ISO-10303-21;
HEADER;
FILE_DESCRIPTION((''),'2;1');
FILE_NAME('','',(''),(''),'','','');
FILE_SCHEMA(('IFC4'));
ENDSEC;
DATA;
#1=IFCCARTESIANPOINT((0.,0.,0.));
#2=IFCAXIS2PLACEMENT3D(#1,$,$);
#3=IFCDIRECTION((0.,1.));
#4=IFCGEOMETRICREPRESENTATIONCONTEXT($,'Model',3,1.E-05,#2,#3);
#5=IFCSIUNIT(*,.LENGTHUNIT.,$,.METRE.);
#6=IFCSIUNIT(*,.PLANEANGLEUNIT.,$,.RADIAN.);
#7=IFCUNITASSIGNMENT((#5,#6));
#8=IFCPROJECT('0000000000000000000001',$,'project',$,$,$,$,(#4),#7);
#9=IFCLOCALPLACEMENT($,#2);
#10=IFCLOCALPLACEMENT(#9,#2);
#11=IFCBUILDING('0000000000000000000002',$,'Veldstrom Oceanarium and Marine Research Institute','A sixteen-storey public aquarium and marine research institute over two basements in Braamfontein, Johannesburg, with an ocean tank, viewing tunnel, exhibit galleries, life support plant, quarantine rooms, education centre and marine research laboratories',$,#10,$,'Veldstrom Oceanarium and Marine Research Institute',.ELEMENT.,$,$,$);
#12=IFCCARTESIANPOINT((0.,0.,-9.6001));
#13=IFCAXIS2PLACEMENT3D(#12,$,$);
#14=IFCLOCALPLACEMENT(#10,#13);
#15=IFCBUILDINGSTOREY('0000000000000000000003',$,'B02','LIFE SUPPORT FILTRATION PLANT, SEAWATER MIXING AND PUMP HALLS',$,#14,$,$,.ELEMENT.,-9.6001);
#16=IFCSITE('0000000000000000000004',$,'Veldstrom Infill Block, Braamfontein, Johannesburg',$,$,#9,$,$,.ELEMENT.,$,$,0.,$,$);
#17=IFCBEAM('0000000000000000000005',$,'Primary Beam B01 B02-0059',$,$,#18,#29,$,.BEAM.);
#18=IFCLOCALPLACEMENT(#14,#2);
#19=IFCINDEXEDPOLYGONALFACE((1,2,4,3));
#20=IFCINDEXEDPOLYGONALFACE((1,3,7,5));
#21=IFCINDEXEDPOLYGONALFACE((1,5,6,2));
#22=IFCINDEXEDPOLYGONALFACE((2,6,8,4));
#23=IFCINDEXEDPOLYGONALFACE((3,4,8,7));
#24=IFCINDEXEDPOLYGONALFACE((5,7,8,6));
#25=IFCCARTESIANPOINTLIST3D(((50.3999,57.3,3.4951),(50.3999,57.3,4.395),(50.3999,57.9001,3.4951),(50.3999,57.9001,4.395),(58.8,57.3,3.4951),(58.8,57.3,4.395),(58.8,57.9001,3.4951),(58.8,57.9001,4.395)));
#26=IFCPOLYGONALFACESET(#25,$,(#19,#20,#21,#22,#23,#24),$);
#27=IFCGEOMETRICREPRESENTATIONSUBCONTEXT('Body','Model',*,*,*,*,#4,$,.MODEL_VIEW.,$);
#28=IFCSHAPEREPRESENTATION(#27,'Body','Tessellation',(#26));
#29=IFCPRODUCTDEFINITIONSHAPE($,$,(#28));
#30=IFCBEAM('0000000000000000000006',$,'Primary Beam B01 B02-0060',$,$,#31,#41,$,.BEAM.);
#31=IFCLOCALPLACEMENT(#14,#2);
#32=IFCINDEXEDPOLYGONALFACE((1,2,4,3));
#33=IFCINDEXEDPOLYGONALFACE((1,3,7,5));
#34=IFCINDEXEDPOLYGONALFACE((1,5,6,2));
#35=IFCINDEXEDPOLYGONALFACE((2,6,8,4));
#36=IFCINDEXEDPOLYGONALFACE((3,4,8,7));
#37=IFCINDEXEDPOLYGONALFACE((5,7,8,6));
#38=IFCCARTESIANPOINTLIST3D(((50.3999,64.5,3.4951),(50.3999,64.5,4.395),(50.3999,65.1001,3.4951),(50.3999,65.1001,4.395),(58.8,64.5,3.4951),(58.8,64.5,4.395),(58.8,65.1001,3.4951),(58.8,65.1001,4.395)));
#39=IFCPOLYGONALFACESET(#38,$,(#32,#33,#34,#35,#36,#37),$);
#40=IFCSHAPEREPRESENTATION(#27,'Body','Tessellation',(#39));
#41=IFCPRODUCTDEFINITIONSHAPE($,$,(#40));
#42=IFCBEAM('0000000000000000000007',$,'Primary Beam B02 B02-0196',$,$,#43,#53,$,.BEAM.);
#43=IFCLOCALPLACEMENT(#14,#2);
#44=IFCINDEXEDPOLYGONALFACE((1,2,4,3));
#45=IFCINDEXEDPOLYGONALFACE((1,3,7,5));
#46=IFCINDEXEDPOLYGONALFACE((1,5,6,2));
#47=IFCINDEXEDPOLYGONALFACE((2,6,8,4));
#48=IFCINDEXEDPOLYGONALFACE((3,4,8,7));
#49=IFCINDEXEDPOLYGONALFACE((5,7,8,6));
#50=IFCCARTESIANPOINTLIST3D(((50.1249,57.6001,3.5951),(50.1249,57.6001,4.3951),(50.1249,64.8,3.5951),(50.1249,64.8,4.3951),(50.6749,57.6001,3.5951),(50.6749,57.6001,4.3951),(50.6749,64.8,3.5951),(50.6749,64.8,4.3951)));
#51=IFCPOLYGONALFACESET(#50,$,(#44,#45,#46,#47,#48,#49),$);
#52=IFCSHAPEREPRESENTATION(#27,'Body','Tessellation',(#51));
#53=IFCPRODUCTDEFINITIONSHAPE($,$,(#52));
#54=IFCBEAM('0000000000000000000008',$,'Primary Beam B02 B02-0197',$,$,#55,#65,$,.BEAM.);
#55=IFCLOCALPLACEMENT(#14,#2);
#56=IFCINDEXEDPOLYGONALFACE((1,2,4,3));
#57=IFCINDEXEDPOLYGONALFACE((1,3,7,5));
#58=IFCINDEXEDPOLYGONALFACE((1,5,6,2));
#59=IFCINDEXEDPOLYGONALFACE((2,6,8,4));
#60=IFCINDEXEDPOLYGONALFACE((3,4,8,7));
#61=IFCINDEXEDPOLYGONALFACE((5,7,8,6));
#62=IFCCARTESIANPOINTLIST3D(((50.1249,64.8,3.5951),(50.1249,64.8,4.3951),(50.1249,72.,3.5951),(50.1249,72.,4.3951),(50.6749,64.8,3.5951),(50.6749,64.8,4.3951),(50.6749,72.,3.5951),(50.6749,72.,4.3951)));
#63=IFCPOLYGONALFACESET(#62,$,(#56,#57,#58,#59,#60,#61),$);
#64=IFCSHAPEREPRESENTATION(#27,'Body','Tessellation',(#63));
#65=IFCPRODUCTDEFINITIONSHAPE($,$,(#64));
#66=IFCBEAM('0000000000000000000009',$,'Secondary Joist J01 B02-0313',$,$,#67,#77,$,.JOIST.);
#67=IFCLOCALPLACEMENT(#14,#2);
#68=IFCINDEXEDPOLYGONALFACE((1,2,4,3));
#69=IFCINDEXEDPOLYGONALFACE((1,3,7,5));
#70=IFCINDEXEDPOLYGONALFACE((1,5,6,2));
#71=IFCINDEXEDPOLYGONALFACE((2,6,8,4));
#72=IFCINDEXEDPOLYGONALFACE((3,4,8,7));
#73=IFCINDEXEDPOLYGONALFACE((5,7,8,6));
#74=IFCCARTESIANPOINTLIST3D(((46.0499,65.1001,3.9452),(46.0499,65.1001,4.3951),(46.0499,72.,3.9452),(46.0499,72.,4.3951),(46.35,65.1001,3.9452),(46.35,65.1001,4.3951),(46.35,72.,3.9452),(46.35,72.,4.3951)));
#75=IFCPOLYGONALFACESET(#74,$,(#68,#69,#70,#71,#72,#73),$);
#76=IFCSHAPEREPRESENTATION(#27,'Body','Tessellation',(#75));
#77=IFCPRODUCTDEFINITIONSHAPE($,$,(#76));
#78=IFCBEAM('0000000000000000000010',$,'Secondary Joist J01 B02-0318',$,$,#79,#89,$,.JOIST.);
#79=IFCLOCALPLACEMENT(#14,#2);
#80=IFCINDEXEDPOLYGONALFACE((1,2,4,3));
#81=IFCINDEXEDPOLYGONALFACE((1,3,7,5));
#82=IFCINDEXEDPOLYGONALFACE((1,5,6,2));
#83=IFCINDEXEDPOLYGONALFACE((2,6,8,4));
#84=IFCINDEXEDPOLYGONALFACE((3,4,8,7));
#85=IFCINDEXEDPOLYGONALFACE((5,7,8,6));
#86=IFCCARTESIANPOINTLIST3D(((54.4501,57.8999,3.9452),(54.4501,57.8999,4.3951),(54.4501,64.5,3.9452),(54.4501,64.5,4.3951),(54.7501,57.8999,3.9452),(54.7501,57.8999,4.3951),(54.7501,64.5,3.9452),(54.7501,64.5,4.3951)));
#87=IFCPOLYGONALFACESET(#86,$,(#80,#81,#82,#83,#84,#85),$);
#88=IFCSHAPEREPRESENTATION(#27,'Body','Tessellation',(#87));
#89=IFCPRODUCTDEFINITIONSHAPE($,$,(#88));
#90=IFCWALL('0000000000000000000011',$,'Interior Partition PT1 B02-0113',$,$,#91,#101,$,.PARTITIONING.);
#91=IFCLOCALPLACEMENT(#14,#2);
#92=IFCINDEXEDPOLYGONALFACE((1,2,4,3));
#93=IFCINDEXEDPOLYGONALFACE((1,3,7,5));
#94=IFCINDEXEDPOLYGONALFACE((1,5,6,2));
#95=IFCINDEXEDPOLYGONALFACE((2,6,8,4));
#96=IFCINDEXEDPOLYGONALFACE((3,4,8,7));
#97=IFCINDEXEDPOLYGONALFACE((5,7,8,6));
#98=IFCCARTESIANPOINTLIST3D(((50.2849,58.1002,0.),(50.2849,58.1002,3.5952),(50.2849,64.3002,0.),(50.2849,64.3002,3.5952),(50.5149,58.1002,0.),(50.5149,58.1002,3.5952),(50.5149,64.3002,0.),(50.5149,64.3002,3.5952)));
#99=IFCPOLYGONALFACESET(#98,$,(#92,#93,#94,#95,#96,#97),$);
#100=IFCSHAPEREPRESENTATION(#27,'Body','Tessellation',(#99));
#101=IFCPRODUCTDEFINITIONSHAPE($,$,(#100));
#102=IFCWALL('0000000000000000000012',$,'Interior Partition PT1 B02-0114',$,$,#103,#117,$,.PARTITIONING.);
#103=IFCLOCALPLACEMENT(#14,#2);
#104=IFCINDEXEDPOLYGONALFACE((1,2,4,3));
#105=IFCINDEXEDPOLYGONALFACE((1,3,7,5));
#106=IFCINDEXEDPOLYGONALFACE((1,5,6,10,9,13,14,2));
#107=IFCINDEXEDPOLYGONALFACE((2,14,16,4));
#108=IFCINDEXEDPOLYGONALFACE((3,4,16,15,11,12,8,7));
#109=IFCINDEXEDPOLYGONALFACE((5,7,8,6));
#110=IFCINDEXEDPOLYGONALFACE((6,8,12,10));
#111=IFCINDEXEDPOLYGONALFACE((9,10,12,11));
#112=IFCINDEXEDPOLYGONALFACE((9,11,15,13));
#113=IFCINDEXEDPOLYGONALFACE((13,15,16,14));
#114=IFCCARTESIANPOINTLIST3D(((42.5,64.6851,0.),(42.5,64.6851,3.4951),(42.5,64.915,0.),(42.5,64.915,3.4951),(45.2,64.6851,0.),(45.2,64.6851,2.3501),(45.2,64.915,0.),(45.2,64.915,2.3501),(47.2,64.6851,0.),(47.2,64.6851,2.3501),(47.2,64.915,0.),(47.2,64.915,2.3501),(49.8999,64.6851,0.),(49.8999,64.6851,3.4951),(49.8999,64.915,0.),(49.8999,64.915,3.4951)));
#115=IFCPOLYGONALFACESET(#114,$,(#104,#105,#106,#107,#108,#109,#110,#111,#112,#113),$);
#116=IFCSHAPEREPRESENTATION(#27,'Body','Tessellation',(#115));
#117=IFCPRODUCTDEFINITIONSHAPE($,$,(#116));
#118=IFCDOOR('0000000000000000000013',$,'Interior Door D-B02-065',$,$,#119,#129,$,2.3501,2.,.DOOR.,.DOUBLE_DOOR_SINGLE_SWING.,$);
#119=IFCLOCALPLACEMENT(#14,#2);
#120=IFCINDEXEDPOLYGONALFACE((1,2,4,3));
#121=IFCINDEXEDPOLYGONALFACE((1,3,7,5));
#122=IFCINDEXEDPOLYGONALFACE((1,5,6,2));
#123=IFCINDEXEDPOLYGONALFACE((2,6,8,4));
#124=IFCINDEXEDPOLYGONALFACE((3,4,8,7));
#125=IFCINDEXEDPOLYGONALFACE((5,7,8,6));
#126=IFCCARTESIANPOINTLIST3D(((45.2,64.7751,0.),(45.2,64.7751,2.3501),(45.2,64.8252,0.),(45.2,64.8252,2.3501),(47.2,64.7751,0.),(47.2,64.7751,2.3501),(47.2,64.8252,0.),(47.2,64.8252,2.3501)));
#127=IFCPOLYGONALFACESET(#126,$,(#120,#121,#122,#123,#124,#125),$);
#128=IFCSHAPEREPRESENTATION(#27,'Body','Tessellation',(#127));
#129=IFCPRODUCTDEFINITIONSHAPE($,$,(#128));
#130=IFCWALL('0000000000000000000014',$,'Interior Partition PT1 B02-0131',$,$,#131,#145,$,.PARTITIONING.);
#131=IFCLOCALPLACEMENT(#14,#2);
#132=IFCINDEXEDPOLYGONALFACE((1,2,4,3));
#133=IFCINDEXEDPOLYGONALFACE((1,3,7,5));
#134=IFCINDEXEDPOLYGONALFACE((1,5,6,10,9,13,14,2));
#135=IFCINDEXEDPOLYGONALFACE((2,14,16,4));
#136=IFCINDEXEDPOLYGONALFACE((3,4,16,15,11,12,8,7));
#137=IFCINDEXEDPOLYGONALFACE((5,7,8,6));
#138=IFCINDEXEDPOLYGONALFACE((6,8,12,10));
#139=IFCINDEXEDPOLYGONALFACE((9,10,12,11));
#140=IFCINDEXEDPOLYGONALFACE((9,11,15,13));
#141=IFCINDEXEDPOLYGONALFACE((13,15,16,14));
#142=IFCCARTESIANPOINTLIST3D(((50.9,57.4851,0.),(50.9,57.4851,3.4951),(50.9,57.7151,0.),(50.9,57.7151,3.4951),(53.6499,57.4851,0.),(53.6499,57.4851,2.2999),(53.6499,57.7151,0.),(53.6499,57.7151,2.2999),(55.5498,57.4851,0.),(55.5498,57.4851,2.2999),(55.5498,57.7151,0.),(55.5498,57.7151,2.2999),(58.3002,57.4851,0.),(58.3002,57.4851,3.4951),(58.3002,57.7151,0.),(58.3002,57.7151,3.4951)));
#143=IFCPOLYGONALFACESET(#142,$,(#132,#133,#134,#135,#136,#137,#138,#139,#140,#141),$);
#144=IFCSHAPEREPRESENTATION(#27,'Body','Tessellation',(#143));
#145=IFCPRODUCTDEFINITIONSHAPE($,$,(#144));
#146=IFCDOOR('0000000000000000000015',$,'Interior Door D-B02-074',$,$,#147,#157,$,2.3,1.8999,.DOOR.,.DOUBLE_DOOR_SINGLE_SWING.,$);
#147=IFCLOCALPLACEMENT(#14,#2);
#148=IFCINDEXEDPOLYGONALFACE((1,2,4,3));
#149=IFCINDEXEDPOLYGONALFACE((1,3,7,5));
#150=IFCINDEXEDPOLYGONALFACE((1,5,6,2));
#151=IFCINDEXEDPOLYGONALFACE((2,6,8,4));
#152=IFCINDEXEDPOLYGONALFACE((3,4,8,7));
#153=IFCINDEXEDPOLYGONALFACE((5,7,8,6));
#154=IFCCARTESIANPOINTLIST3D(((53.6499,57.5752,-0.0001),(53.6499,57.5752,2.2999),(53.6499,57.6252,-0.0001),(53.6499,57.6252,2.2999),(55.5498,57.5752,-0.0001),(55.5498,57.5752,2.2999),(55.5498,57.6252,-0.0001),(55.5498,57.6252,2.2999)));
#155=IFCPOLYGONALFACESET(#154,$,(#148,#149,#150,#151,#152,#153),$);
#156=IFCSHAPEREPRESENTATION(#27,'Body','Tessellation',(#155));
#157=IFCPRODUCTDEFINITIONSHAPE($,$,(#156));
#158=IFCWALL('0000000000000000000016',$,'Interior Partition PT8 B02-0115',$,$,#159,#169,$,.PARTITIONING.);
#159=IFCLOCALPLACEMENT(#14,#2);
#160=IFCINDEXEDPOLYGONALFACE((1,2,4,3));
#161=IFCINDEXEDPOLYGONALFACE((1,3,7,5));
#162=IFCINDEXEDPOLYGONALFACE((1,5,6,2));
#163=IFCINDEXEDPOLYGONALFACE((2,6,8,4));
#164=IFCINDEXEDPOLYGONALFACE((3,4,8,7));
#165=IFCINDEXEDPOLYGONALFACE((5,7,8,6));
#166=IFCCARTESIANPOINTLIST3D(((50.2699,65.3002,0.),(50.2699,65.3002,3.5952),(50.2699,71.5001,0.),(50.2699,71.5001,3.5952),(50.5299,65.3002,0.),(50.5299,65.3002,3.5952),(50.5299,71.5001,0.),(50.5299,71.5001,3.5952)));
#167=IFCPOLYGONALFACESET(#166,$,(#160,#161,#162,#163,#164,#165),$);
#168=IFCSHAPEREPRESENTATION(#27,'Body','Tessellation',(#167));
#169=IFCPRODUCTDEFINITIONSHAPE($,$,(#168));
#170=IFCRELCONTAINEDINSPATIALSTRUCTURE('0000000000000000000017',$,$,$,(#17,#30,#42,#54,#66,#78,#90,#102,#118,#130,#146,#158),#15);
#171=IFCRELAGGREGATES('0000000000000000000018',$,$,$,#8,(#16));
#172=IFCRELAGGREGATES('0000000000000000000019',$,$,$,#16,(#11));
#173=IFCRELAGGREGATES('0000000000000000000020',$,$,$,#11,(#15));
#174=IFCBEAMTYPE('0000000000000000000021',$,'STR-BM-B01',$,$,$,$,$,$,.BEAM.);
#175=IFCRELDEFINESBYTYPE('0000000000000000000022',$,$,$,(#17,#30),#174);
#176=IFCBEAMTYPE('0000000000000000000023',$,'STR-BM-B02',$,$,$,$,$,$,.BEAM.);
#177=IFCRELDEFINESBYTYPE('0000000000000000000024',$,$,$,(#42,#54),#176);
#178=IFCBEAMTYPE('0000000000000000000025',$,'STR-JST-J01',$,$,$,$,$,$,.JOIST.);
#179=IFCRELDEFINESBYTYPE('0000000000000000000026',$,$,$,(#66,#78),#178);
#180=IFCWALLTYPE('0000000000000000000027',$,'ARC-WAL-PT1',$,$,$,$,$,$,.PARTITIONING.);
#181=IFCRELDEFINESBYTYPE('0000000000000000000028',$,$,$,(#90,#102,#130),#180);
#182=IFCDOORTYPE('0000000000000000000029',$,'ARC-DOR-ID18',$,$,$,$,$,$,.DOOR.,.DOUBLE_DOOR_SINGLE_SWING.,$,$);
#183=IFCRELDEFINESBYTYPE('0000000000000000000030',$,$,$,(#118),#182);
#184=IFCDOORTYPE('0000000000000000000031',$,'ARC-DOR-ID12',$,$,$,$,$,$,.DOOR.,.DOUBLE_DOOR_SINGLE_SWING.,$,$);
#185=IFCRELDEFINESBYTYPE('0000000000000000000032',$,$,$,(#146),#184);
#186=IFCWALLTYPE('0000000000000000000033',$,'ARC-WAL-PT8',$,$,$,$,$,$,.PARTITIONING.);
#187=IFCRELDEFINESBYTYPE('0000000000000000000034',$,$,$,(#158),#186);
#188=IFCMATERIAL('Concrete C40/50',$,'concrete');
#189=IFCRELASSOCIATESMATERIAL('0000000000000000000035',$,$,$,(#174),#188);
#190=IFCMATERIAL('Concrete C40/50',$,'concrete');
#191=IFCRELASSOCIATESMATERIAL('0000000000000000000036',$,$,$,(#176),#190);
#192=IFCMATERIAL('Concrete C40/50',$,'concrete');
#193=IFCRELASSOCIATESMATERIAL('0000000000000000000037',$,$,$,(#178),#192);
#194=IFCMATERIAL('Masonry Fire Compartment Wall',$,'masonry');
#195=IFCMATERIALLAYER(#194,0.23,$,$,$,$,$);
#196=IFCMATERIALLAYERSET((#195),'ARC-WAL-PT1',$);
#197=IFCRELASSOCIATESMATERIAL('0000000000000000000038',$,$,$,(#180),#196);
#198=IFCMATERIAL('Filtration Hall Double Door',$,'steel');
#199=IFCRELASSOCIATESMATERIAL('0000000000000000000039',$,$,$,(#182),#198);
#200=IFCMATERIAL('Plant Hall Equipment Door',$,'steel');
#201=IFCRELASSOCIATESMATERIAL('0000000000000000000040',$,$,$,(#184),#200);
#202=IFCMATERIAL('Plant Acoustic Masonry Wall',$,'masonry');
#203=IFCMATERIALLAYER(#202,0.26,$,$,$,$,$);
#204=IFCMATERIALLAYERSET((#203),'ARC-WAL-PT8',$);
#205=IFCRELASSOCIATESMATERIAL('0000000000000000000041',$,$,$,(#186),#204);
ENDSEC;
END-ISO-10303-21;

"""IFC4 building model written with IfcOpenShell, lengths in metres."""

from ifc_helpers import new_model, si_unit, direction, frame, frame_2d, origin, origin_2d, place, context, subcontext, project, spatial, rectangle, extrude, material, layer, layer_set, material_profile, profile_set, type_object, element, fill, save


model = new_model("IFC4")

# Units and contexts
model_context = context("Model", 3, precision=1e-05, world=origin(), true_north=direction((0.0, 1.0)))
body_context = subcontext(model_context, "Body", "Model", "MODEL_VIEW")
ifc_project = project(units=[si_unit("LENGTHUNIT", "METRE"), si_unit("PLANEANGLEUNIT", "RADIAN")], contexts=[model_context])

# Site, building, storey
site_placement = place(None, origin())
site = spatial("IfcSite", under=ifc_project, at=site_placement, Name="Veldstrom Infill Block, Braamfontein, Johannesburg", CompositionType="ELEMENT", RefElevation=0.0)
building_placement = place(site_placement, origin())
building = spatial("IfcBuilding", under=site, at=building_placement, Name="Veldstrom Oceanarium and Marine Research Institute", Description="A sixteen-storey public aquarium and marine research institute over two basements in Braamfontein, Johannesburg, with an ocean tank, viewing tunnel, exhibit galleries, life support plant, quarantine rooms, education centre and marine research laboratories", LongName="Veldstrom Oceanarium and Marine Research Institute", CompositionType="ELEMENT")
storey_placement = place(building_placement, frame((0.0, 0.0, -9.6001)))
storey = spatial("IfcBuildingStorey", under=building, at=storey_placement, Name="B02", Description="LIFE SUPPORT FILTRATION PLANT, SEAWATER MIXING AND PUMP HALLS", CompositionType="ELEMENT", Elevation=-9.6001)

# Beams
ifc_material_1 = material(Name="Concrete C40/50", Category="concrete")
ifc_material_profile_1 = material_profile(ifc_material_1, rectangle(XDim=0.6001, YDim=0.8999, at=origin_2d()), Name="RC-BM-600x900")
ifc_profile_set_1 = profile_set([ifc_material_profile_1], Name="Concrete C40/50")
beam_type_1 = type_object("IfcBeamType", Name="STR-BM-B01", PredefinedType="BEAM", material=ifc_profile_set_1)
for number, where, z_axis, x_axis, name in (
    (1, (50.3999, 57.6001, 3.9451), (1.0, 0.0, 0.0), (0.0, 1.0, 0.0), "Primary Beam B01 B02-0059"),
    (2, (50.3999, 64.8, 3.9451), (1.0, 0.0, 0.0), (0.0, 1.0, 0.0), "Primary Beam B01 B02-0060"),
):
    element("IfcBeam", number, at=place(storey_placement, frame(where, z_axis=z_axis, x_axis=x_axis)), inside=storey, type_object=beam_type_1, Name=name, PredefinedType="BEAM", context=body_context, shape_type="SweptSolid", body=[
        extrude(rectangle(XDim=0.6001, YDim=0.8999, at=origin_2d()), origin(), (0.0, 0.0, 1.0), 8.4001),
    ])
ifc_material_2 = material(Name="Concrete C40/50", Category="concrete")
ifc_material_profile_2 = material_profile(ifc_material_2, rectangle(XDim=0.55, YDim=0.8, at=origin_2d()), Name="RC-BM-550x800")
ifc_profile_set_2 = profile_set([ifc_material_profile_2], Name="Concrete C40/50")
beam_type_2 = type_object("IfcBeamType", Name="STR-BM-B02", PredefinedType="BEAM", material=ifc_profile_set_2)
for number, where, z_axis, x_axis, name in (
    (3, (50.3999, 57.6001, 3.9951), (0.0, 1.0, 0.0), (-1.0, 0.0, 0.0), "Primary Beam B02 B02-0196"),
    (4, (50.3999, 64.8, 3.9951), (0.0, 1.0, 0.0), (-1.0, 0.0, 0.0), "Primary Beam B02 B02-0197"),
):
    element("IfcBeam", number, at=place(storey_placement, frame(where, z_axis=z_axis, x_axis=x_axis)), inside=storey, type_object=beam_type_2, Name=name, PredefinedType="BEAM", context=body_context, shape_type="SweptSolid", body=[
        extrude(rectangle(XDim=0.55, YDim=0.8, at=origin_2d()), origin(), (0.0, 0.0, 1.0), 7.2),
    ])
ifc_material_3 = material(Name="Concrete C40/50", Category="concrete")
ifc_material_profile_3 = material_profile(ifc_material_3, rectangle(XDim=0.3, YDim=0.45, at=origin_2d()), Name="RC-JST-300x450")
ifc_profile_set_3 = profile_set([ifc_material_profile_3], Name="Concrete C40/50")
beam_type_3 = type_object("IfcBeamType", Name="STR-JST-J01", PredefinedType="JOIST", material=ifc_profile_set_3)
beam_1_placement = place(storey_placement, frame((46.2, 65.1001, 4.1702), z_axis=(0.0, 1.0, 0.0), x_axis=(-1.0, 0.0, 0.0)))
element("IfcBeam", 5, at=beam_1_placement, inside=storey, type_object=beam_type_3, Name="Secondary Joist J01 B02-0313", PredefinedType="JOIST", context=body_context, shape_type="SweptSolid", body=[
    extrude(rectangle(XDim=0.3, YDim=0.45, at=origin_2d()), origin(), (0.0, 0.0, 1.0), 6.8999),
])
beam_2_placement = place(storey_placement, frame((54.6001, 57.8999, 4.1702), z_axis=(0.0, 1.0, 0.0), x_axis=(-1.0, 0.0, 0.0)))
element("IfcBeam", 6, at=beam_2_placement, inside=storey, type_object=beam_type_3, Name="Secondary Joist J01 B02-0318", PredefinedType="JOIST", context=body_context, shape_type="SweptSolid", body=[
    extrude(rectangle(XDim=0.3, YDim=0.45, at=origin_2d()), origin(), (0.0, 0.0, 1.0), 6.6001),
])

# Wall
ifc_material_4 = material(Name="Masonry Fire Compartment Wall", Category="masonry")
ifc_layer_1 = layer(ifc_material_4, 0.23)
ifc_layer_set_1 = layer_set([ifc_layer_1], Name="ARC-WAL-PT1")
wall_type_1 = type_object("IfcWallType", Name="ARC-WAL-PT1", PredefinedType="PARTITIONING", material=ifc_layer_set_1)
wall_1_placement = place(storey_placement, frame((50.3999, 58.1001, 0.0), z_axis=(0.0, 0.0, 1.0), x_axis=(0.0, 1.0, 0.0)))
element("IfcWall", 7, at=wall_1_placement, inside=storey, type_object=wall_type_1, Name="Interior Partition PT1 B02-0113", PredefinedType="PARTITIONING", context=body_context, shape_type="SweptSolid", body=[
    extrude(rectangle(XDim=6.2, YDim=0.23, at=frame_2d((3.1001, 0.0))), origin(), (0.0, 0.0, 1.0), 3.5952),
])

# Walls, openings, doors
wall_2_placement = place(storey_placement, frame((42.5, 64.8, 0.0), z_axis=(0.0, 0.0, 1.0), x_axis=(1.0, 0.0, 0.0)))
wall_2 = element("IfcWall", 8, at=wall_2_placement, inside=storey, type_object=wall_type_1, Name="Interior Partition PT1 B02-0114", PredefinedType="PARTITIONING", context=body_context, shape_type="SweptSolid", body=[
    extrude(rectangle(XDim=7.3999, YDim=0.23, at=frame_2d((3.7, 0.0))), origin(), (0.0, 0.0, 1.0), 3.4951),
])
opening_1_placement = place(wall_2_placement, frame((2.7, 0.0, 0.0)))
opening_1 = element("IfcOpeningElement", 9, at=opening_1_placement, cuts=wall_2, PredefinedType="OPENING", context=body_context, shape_type="SweptSolid", body=[
    extrude(rectangle(XDim=2.0, YDim=2.3501, at=frame_2d((1.0, 1.175))), frame((0.0, 0.125, 0.0), z_axis=(0.0, -1.0, 0.0), x_axis=(1.0, 0.0, 0.0)), (0.0, 0.0, 1.0), 0.25),
])
ifc_material_5 = material(Name="Filtration Hall Double Door", Category="steel")
door_type_1 = type_object("IfcDoorType", Name="ARC-DOR-ID18", OperationType="DOUBLE_DOOR_SINGLE_SWING", PredefinedType="DOOR", material=ifc_material_5)
door_1_placement = place(opening_1_placement, frame((2.0, 0.0, 0.0), z_axis=(0.0, 0.0, 1.0), x_axis=(-1.0, 0.0, 0.0)))
door_1 = element("IfcDoor", 10, at=door_1_placement, inside=storey, type_object=door_type_1, Name="Interior Door D-B02-065", OperationType="DOUBLE_DOOR_SINGLE_SWING", OverallHeight=2.3501, OverallWidth=2.0, PredefinedType="DOOR", context=body_context, shape_type="SweptSolid", body=[
    extrude(rectangle(XDim=2.0, YDim=2.3501, at=frame_2d((1.0, 1.175))), frame((0.0, 0.0249, 0.0), z_axis=(0.0, -1.0, 0.0), x_axis=(1.0, 0.0, 0.0)), (0.0, 0.0, 1.0), 0.05),
])
fill(opening_1, door_1)
wall_3_placement = place(storey_placement, frame((50.8999, 57.6001, 0.0), z_axis=(0.0, 0.0, 1.0), x_axis=(1.0, 0.0, 0.0)))
wall_3 = element("IfcWall", 11, at=wall_3_placement, inside=storey, type_object=wall_type_1, Name="Interior Partition PT1 B02-0131", PredefinedType="PARTITIONING", context=body_context, shape_type="SweptSolid", body=[
    extrude(rectangle(XDim=7.4001, YDim=0.23, at=frame_2d((3.7002, 0.0))), origin(), (0.0, 0.0, 1.0), 3.4951),
])
opening_2_placement = place(wall_3_placement, frame((2.75, 0.0, 0.0)))
opening_2 = element("IfcOpeningElement", 12, at=opening_2_placement, cuts=wall_3, PredefinedType="OPENING", context=body_context, shape_type="SweptSolid", body=[
    extrude(rectangle(XDim=1.8999, YDim=2.3, at=frame_2d((0.95, 1.1499))), frame((0.0, 0.125, 0.0), z_axis=(0.0, -1.0, 0.0), x_axis=(1.0, 0.0, 0.0)), (0.0, 0.0, 1.0), 0.25),
])
ifc_material_6 = material(Name="Plant Hall Equipment Door", Category="steel")
door_type_2 = type_object("IfcDoorType", Name="ARC-DOR-ID12", OperationType="DOUBLE_DOOR_SINGLE_SWING", PredefinedType="DOOR", material=ifc_material_6)
door_2_placement = place(opening_2_placement, frame((1.8999, 0.0, 0.0), z_axis=(0.0, 0.0, 1.0), x_axis=(-1.0, 0.0, 0.0)))
door_2 = element("IfcDoor", 13, at=door_2_placement, inside=storey, type_object=door_type_2, Name="Interior Door D-B02-074", OperationType="DOUBLE_DOOR_SINGLE_SWING", OverallHeight=2.3, OverallWidth=1.8999, PredefinedType="DOOR", context=body_context, shape_type="SweptSolid", body=[
    extrude(rectangle(XDim=1.8999, YDim=2.3, at=frame_2d((0.95, 1.1499))), frame((0.0, 0.0249, 0.0), z_axis=(0.0, -1.0, 0.0), x_axis=(1.0, 0.0, 0.0)), (0.0, 0.0, 1.0), 0.05),
])
fill(opening_2, door_2)

# Wall
ifc_material_7 = material(Name="Plant Acoustic Masonry Wall", Category="masonry")
ifc_layer_2 = layer(ifc_material_7, 0.26)
ifc_layer_set_2 = layer_set([ifc_layer_2], Name="ARC-WAL-PT8")
wall_type_2 = type_object("IfcWallType", Name="ARC-WAL-PT8", PredefinedType="PARTITIONING", material=ifc_layer_set_2)
wall_4_placement = place(storey_placement, frame((50.3999, 65.3, 0.0), z_axis=(0.0, 0.0, 1.0), x_axis=(0.0, 1.0, 0.0)))
element("IfcWall", 14, at=wall_4_placement, inside=storey, type_object=wall_type_2, Name="Interior Partition PT8 B02-0115", PredefinedType="PARTITIONING", context=body_context, shape_type="SweptSolid", body=[
    extrude(rectangle(XDim=6.2, YDim=0.26, at=frame_2d((3.1001, 0.0))), origin(), (0.0, 0.0, 1.0), 3.5952),
])

save(model, "model.ifc")
